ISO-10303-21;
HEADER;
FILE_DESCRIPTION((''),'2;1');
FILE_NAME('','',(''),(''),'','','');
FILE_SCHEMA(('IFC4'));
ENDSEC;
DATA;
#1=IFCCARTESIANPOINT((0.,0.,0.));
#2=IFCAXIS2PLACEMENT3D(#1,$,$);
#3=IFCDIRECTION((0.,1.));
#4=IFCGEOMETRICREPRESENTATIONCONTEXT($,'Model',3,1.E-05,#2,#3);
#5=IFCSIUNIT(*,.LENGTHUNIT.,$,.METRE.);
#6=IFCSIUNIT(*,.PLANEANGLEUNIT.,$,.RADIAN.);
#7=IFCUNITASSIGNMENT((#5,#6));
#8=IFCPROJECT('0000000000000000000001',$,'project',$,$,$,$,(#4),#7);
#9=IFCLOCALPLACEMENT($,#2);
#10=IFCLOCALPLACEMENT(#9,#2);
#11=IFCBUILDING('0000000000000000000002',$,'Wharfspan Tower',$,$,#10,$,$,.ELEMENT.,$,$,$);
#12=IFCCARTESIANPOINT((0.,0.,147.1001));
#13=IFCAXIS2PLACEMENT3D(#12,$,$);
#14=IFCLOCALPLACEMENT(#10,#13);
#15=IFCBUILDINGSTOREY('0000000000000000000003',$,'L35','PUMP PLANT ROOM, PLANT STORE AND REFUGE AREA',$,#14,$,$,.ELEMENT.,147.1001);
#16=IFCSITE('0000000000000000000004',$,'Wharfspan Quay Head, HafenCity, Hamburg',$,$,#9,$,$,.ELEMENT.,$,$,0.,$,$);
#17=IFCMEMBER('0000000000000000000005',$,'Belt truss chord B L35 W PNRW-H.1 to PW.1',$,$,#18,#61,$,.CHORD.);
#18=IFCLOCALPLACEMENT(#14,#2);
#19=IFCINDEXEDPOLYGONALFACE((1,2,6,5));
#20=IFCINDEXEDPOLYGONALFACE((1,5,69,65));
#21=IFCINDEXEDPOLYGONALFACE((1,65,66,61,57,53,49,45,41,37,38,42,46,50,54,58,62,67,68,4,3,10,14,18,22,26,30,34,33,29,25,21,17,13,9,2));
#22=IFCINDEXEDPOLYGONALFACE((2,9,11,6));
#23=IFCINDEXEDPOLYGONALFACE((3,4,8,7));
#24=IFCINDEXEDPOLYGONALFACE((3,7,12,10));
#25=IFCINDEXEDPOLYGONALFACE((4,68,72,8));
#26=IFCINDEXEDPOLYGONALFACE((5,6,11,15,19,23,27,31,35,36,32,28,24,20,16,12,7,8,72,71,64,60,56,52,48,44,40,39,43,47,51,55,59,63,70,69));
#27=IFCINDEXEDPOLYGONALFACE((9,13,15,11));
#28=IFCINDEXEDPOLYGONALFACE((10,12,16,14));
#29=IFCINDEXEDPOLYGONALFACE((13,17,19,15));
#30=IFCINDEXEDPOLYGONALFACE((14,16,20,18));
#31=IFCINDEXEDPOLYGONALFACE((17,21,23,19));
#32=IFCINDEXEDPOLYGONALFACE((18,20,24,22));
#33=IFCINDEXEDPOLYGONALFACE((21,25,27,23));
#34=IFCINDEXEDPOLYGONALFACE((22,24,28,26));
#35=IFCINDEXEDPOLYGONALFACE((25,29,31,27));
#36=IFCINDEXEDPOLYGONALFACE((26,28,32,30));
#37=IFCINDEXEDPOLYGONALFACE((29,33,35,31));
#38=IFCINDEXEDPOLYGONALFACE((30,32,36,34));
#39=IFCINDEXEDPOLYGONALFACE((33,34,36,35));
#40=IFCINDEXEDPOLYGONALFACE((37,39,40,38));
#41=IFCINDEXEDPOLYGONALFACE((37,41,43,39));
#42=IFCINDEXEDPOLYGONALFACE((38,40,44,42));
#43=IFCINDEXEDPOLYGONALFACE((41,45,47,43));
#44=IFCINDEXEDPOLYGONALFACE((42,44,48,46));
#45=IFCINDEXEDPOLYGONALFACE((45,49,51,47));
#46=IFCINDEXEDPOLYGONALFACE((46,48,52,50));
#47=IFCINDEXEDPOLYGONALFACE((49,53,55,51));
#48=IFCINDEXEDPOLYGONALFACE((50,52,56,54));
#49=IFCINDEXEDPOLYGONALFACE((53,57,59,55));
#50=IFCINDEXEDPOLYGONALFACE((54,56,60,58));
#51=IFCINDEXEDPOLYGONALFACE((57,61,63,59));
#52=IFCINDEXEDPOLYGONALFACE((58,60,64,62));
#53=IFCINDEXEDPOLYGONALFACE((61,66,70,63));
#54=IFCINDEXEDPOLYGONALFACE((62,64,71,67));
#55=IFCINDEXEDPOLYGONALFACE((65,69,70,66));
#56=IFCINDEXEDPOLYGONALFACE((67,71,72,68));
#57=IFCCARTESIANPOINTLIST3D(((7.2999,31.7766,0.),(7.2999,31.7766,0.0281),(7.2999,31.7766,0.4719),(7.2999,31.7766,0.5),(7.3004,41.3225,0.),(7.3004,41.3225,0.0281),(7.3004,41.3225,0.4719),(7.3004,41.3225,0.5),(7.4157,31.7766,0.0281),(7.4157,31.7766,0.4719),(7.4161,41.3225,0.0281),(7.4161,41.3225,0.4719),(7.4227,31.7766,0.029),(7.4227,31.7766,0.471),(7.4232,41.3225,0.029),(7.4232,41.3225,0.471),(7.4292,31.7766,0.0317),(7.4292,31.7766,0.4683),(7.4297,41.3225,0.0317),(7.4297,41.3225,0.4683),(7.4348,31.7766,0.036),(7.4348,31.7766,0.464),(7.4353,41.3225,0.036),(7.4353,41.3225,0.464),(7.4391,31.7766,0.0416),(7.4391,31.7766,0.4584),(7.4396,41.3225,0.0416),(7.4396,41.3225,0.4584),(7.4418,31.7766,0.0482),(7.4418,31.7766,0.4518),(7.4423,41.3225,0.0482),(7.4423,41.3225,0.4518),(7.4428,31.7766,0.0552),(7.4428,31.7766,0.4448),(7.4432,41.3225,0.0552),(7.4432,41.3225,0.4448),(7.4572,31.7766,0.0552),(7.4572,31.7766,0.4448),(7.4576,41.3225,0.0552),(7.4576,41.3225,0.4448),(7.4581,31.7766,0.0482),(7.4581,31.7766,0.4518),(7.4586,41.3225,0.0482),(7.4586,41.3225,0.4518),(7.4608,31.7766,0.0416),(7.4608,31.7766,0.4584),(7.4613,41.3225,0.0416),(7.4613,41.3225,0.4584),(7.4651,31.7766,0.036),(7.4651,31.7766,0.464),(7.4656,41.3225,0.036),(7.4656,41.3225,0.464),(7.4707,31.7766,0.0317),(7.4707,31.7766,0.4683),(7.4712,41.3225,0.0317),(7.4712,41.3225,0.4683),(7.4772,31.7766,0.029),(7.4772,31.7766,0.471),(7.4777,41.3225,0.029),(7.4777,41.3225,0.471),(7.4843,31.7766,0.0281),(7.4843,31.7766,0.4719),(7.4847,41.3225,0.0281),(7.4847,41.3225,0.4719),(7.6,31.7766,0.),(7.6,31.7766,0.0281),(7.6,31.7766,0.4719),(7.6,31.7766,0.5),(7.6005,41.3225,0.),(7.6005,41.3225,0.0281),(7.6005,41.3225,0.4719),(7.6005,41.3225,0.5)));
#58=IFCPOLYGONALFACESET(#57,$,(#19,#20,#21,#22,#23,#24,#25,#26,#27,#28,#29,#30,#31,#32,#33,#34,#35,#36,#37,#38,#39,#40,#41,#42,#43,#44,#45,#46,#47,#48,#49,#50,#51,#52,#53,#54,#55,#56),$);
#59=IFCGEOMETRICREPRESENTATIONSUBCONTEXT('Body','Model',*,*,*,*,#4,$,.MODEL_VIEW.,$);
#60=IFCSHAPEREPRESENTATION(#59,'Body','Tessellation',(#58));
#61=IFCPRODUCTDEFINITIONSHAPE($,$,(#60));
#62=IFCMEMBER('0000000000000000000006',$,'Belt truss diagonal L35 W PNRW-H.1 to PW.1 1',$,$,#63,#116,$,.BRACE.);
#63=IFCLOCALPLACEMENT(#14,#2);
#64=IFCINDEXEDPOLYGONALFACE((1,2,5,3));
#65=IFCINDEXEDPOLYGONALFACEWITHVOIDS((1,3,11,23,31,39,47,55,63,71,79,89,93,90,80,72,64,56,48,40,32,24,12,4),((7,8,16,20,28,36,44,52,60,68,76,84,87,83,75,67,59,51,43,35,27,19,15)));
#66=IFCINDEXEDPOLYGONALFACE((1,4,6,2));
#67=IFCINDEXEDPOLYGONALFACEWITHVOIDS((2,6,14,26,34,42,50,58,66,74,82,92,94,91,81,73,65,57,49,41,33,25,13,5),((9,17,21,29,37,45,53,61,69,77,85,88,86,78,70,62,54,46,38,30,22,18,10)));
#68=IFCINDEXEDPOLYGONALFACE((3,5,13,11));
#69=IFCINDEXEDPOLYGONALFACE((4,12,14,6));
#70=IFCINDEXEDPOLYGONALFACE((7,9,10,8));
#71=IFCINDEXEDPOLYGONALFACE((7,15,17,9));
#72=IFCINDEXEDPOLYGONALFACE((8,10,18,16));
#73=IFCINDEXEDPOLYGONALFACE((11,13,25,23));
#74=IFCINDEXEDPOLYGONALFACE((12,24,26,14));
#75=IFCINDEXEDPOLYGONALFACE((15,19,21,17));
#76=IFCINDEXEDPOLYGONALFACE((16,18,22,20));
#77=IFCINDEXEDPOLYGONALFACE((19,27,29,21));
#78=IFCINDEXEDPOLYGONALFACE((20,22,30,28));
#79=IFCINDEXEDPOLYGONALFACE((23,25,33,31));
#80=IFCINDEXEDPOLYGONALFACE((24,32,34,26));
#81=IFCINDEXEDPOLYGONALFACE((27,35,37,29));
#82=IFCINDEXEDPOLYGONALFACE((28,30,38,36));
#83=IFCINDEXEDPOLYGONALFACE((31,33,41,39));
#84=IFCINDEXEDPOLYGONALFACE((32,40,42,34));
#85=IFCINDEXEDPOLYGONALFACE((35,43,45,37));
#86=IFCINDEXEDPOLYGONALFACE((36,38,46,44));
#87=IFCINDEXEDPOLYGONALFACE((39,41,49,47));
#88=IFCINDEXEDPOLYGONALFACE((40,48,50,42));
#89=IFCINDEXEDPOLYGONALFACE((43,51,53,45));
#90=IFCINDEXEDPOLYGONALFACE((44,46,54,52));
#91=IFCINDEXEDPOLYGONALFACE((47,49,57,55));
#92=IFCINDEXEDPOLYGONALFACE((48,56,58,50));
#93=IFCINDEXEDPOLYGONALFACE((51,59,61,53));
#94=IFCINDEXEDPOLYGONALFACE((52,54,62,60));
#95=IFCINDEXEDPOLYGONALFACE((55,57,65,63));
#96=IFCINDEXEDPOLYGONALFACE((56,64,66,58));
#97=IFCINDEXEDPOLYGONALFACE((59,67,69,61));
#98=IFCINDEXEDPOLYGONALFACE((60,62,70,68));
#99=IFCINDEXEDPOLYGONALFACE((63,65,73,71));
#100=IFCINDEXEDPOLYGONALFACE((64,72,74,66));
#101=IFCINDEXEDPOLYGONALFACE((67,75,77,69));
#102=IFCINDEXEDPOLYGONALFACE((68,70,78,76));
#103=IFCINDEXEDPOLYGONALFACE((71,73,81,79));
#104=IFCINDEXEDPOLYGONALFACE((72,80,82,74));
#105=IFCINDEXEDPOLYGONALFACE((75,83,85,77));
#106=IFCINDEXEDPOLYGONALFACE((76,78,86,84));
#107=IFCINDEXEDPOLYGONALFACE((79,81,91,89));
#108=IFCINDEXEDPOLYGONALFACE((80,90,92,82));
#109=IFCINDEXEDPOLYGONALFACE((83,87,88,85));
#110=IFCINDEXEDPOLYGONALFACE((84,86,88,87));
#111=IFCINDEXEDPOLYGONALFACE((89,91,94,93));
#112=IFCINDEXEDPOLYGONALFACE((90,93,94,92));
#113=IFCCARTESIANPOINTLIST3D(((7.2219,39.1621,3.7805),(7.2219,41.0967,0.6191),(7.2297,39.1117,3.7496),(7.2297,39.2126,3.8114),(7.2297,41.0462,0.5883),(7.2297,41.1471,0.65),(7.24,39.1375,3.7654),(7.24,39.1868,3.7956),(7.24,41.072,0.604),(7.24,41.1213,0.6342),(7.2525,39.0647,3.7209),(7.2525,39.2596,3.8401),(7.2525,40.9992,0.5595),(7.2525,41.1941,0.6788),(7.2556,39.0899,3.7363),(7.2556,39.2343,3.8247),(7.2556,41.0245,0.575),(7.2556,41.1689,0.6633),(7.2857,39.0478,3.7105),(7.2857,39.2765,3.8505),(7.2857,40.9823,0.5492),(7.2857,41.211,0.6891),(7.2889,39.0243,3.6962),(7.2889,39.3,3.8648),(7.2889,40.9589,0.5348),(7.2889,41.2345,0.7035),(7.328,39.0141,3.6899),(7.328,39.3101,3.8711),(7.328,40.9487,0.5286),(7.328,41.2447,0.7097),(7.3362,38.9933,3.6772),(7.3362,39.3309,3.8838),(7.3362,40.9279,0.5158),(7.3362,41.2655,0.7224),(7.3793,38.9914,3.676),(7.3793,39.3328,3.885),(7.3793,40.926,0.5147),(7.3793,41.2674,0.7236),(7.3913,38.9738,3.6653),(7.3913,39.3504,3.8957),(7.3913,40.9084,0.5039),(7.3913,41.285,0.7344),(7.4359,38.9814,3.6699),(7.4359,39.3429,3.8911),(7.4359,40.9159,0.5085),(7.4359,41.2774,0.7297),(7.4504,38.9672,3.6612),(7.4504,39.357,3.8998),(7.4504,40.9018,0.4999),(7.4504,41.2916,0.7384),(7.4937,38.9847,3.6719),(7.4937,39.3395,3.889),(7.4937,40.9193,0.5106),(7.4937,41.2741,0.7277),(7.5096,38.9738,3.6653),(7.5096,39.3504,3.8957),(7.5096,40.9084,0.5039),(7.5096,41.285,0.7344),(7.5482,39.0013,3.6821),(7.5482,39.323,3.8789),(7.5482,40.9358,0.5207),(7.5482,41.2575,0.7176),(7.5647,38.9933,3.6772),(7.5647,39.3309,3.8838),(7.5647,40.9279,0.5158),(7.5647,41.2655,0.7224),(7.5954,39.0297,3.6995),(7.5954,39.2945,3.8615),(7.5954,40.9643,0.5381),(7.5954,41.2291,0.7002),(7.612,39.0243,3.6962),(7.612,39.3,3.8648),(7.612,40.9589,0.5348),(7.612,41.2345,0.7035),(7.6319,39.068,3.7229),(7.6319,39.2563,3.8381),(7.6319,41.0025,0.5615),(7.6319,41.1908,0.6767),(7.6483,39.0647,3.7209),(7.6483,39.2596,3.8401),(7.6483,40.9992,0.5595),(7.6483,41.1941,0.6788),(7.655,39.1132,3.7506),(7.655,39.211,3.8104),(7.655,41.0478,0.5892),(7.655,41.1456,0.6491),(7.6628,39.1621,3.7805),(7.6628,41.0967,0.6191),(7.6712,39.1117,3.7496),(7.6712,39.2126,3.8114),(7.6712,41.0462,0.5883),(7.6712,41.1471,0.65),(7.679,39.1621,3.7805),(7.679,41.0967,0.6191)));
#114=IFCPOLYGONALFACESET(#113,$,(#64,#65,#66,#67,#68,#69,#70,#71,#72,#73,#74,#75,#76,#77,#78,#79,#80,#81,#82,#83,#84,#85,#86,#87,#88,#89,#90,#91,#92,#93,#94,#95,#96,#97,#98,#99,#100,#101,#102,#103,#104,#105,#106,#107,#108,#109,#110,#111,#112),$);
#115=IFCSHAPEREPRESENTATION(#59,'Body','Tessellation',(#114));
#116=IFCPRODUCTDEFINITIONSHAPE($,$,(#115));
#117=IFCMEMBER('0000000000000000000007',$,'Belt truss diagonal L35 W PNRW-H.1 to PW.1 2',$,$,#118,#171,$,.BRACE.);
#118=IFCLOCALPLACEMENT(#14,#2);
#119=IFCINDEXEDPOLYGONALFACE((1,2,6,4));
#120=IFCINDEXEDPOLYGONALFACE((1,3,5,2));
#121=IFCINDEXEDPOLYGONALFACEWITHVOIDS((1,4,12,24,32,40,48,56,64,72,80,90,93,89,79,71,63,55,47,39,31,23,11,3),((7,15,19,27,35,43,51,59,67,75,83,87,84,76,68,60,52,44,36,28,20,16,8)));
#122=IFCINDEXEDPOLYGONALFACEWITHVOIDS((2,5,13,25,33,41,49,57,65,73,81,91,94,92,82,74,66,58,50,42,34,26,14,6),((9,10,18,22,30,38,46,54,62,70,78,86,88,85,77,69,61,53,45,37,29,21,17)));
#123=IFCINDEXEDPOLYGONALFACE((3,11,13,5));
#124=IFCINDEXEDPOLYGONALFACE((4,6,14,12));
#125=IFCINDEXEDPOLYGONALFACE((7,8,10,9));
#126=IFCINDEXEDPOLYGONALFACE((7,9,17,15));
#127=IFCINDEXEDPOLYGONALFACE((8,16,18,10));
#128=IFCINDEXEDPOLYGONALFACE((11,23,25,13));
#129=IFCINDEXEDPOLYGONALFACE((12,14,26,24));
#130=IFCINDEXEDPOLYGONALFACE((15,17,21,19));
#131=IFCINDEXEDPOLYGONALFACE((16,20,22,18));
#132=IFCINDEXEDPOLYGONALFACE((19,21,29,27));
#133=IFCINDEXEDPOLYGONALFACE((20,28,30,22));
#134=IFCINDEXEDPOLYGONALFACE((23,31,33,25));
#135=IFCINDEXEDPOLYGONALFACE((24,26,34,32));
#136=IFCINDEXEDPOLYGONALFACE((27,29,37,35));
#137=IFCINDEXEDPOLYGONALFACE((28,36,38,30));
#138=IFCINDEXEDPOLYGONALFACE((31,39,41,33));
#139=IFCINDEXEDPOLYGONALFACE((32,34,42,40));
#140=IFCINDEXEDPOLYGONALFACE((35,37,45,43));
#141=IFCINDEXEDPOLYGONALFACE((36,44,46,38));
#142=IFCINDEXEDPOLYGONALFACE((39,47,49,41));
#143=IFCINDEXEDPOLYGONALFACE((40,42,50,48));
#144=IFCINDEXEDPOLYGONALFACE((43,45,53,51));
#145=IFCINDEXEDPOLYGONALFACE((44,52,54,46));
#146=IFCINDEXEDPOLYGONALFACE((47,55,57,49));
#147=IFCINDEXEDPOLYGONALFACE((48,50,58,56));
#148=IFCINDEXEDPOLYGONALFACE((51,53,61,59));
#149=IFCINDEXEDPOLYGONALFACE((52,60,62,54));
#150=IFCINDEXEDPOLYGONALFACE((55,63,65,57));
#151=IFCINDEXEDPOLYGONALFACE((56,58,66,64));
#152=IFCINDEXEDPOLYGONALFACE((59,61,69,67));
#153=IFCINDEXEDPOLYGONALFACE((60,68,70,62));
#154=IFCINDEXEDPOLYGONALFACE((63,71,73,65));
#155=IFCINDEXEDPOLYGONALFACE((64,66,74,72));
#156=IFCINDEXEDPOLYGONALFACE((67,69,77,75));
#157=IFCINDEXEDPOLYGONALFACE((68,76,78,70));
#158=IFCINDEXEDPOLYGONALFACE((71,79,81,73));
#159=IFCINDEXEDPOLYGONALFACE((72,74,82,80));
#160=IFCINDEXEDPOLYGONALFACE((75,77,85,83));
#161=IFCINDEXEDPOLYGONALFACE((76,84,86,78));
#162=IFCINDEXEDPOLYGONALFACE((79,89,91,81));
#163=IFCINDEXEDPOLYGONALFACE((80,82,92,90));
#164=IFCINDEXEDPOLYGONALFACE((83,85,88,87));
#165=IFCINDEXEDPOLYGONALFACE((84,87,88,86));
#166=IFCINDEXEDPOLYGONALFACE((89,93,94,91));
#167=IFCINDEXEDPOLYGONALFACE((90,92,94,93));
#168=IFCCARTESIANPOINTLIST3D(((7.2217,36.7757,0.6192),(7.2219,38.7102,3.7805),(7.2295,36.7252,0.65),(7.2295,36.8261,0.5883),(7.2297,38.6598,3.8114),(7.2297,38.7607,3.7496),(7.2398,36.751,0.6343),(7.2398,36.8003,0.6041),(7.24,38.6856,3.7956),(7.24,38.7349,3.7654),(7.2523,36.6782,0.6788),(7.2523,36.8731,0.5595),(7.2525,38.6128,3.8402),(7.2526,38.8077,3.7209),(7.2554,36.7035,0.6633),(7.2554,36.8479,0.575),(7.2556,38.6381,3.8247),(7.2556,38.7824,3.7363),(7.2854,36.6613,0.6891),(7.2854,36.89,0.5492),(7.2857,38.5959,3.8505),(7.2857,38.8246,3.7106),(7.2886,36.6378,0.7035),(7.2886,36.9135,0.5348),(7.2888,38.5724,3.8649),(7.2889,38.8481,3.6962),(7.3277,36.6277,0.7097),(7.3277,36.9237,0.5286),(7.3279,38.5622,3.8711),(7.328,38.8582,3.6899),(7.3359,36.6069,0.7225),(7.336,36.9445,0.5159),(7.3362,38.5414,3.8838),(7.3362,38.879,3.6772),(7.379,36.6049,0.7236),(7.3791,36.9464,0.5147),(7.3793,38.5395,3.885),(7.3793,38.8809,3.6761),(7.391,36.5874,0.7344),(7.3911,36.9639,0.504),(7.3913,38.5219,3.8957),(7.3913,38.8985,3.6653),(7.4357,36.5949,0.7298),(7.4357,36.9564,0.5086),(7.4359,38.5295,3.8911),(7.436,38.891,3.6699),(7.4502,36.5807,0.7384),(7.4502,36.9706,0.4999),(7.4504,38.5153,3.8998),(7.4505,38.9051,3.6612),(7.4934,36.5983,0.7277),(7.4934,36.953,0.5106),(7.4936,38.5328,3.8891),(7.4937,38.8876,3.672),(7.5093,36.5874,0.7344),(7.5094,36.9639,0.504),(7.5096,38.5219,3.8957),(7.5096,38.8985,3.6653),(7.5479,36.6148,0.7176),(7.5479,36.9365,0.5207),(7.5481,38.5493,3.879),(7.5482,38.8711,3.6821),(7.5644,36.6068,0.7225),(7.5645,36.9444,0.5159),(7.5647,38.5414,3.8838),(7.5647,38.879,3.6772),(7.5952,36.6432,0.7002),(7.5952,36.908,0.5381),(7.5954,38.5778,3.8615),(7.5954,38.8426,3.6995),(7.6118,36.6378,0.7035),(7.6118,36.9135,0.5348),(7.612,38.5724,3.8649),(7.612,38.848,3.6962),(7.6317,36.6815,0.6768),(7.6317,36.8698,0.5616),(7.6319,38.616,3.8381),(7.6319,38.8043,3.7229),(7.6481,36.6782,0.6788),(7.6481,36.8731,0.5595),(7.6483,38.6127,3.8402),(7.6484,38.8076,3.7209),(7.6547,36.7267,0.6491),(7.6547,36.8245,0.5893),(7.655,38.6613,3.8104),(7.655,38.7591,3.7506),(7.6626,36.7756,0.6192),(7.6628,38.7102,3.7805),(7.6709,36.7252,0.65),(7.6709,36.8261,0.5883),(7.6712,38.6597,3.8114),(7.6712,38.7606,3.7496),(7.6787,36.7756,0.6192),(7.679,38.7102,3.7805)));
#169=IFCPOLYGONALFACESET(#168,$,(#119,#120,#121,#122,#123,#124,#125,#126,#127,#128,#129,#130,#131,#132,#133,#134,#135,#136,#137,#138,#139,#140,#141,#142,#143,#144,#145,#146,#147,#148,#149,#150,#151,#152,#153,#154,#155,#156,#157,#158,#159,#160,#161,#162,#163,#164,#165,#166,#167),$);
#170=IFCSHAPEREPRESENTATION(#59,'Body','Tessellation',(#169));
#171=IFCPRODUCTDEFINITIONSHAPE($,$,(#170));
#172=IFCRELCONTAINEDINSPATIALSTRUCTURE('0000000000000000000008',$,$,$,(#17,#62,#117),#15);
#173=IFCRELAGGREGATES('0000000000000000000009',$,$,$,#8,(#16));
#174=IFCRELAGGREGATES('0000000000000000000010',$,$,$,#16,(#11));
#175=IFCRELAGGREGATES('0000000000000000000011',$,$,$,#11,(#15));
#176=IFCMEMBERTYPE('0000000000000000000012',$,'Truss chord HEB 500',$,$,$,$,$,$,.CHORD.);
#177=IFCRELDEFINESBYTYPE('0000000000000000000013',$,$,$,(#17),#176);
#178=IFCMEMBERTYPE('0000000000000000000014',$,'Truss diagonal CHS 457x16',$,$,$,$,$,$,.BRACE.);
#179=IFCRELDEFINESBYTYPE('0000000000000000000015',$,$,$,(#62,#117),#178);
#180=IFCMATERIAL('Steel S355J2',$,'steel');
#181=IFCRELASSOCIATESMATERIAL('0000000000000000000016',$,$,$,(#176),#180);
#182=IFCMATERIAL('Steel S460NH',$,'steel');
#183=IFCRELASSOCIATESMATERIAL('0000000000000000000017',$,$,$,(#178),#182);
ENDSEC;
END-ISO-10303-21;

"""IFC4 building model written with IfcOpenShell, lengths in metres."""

from ifc_helpers import new_model, si_unit, direction, frame, origin, origin_2d, place, context, subcontext, project, spatial, hollow_circle, i_section, extrude, material, material_profile, profile_set, type_object, element, save


model = new_model("IFC4")

# Units and contexts
model_context = context("Model", 3, precision=1e-05, world=origin(), true_north=direction((0.0, 1.0)))
body_context = subcontext(model_context, "Body", "Model", "MODEL_VIEW")
ifc_project = project(units=[si_unit("LENGTHUNIT", "METRE"), si_unit("PLANEANGLEUNIT", "RADIAN")], contexts=[model_context])

# Site, building, storey
site_placement = place(None, origin())
site = spatial("IfcSite", under=ifc_project, at=site_placement, Name="Wharfspan Quay Head, HafenCity, Hamburg", CompositionType="ELEMENT", RefElevation=0.0)
building_placement = place(site_placement, origin())
building = spatial("IfcBuilding", under=site, at=building_placement, Name="Wharfspan Tower", CompositionType="ELEMENT")
storey_placement = place(building_placement, frame((0.0, 0.0, 147.1001)))
storey = spatial("IfcBuildingStorey", under=building, at=storey_placement, Name="L35", Description="PUMP PLANT ROOM, PLANT STORE AND REFUGE AREA", CompositionType="ELEMENT", Elevation=147.1001)

# Shared definitions
ifc_material_1 = material(Name="Steel S355J2", Category="steel")

# Members
ifc_material_2 = material(Name="Steel S460NH", Category="steel")
ifc_material_profile_1 = material_profile(ifc_material_1, i_section(OverallWidth=0.3, OverallDepth=0.5, WebThickness=0.0144, FlangeThickness=0.0281, FilletRadius=0.0271, at=origin_2d()))
ifc_profile_set_1 = profile_set([ifc_material_profile_1], Name="Steel S355J2")
member_type_1 = type_object("IfcMemberType", Name="Truss chord HEB 500", PredefinedType="CHORD", material=ifc_profile_set_1)
for number, where, z_axis, x_axis, name in (
    (1, (7.4504, 41.3225, 0.25), (-0.000051, -1.0, 0.0), (1.0, -0.000051, 0.0), "Belt truss chord B L35 W PNRW-H.1 to PW.1"),
):
    element("IfcMember", number, at=place(storey_placement, frame(where, z_axis=z_axis, x_axis=x_axis)), inside=storey, type_object=member_type_1, Name=name, PredefinedType="CHORD", context=body_context, shape_type="SweptSolid", body=[
        extrude(i_section(OverallWidth=0.3, OverallDepth=0.5, WebThickness=0.0144, FlangeThickness=0.0281, FilletRadius=0.0271, at=origin_2d()), origin(), (0.0, 0.0, 1.0), 9.5459),
    ])
ifc_material_profile_2 = material_profile(ifc_material_2, hollow_circle(Radius=0.2285, WallThickness=0.0161, at=origin_2d()))
ifc_profile_set_2 = profile_set([ifc_material_profile_2], Name="Steel S460NH")
member_type_2 = type_object("IfcMemberType", Name="Truss diagonal CHS 457x16", PredefinedType="BRACE", material=ifc_profile_set_2)
for number, where, z_axis, x_axis, name in (
    (2, (7.4504, 41.0967, 0.6191), (0.0, -0.521964, 0.852967), (1.0, 0.0, 0.0), "Belt truss diagonal L35 W PNRW-H.1 to PW.1 1"),
    (3, (7.4504, 38.7102, 3.7805), (-0.000066, -0.521964, -0.852967), (0.999998, -0.000128, 0.000001), "Belt truss diagonal L35 W PNRW-H.1 to PW.1 2"),
):
    element("IfcMember", number, at=place(storey_placement, frame(where, z_axis=z_axis, x_axis=x_axis)), inside=storey, type_object=member_type_2, Name=name, PredefinedType="BRACE", context=body_context, shape_type="SweptSolid", body=[
        extrude(hollow_circle(Radius=0.2285, WallThickness=0.0161, at=origin_2d()), origin(), (0.0, 0.0, 1.0), 3.7063),
    ])

save(model, "model.ifc")
